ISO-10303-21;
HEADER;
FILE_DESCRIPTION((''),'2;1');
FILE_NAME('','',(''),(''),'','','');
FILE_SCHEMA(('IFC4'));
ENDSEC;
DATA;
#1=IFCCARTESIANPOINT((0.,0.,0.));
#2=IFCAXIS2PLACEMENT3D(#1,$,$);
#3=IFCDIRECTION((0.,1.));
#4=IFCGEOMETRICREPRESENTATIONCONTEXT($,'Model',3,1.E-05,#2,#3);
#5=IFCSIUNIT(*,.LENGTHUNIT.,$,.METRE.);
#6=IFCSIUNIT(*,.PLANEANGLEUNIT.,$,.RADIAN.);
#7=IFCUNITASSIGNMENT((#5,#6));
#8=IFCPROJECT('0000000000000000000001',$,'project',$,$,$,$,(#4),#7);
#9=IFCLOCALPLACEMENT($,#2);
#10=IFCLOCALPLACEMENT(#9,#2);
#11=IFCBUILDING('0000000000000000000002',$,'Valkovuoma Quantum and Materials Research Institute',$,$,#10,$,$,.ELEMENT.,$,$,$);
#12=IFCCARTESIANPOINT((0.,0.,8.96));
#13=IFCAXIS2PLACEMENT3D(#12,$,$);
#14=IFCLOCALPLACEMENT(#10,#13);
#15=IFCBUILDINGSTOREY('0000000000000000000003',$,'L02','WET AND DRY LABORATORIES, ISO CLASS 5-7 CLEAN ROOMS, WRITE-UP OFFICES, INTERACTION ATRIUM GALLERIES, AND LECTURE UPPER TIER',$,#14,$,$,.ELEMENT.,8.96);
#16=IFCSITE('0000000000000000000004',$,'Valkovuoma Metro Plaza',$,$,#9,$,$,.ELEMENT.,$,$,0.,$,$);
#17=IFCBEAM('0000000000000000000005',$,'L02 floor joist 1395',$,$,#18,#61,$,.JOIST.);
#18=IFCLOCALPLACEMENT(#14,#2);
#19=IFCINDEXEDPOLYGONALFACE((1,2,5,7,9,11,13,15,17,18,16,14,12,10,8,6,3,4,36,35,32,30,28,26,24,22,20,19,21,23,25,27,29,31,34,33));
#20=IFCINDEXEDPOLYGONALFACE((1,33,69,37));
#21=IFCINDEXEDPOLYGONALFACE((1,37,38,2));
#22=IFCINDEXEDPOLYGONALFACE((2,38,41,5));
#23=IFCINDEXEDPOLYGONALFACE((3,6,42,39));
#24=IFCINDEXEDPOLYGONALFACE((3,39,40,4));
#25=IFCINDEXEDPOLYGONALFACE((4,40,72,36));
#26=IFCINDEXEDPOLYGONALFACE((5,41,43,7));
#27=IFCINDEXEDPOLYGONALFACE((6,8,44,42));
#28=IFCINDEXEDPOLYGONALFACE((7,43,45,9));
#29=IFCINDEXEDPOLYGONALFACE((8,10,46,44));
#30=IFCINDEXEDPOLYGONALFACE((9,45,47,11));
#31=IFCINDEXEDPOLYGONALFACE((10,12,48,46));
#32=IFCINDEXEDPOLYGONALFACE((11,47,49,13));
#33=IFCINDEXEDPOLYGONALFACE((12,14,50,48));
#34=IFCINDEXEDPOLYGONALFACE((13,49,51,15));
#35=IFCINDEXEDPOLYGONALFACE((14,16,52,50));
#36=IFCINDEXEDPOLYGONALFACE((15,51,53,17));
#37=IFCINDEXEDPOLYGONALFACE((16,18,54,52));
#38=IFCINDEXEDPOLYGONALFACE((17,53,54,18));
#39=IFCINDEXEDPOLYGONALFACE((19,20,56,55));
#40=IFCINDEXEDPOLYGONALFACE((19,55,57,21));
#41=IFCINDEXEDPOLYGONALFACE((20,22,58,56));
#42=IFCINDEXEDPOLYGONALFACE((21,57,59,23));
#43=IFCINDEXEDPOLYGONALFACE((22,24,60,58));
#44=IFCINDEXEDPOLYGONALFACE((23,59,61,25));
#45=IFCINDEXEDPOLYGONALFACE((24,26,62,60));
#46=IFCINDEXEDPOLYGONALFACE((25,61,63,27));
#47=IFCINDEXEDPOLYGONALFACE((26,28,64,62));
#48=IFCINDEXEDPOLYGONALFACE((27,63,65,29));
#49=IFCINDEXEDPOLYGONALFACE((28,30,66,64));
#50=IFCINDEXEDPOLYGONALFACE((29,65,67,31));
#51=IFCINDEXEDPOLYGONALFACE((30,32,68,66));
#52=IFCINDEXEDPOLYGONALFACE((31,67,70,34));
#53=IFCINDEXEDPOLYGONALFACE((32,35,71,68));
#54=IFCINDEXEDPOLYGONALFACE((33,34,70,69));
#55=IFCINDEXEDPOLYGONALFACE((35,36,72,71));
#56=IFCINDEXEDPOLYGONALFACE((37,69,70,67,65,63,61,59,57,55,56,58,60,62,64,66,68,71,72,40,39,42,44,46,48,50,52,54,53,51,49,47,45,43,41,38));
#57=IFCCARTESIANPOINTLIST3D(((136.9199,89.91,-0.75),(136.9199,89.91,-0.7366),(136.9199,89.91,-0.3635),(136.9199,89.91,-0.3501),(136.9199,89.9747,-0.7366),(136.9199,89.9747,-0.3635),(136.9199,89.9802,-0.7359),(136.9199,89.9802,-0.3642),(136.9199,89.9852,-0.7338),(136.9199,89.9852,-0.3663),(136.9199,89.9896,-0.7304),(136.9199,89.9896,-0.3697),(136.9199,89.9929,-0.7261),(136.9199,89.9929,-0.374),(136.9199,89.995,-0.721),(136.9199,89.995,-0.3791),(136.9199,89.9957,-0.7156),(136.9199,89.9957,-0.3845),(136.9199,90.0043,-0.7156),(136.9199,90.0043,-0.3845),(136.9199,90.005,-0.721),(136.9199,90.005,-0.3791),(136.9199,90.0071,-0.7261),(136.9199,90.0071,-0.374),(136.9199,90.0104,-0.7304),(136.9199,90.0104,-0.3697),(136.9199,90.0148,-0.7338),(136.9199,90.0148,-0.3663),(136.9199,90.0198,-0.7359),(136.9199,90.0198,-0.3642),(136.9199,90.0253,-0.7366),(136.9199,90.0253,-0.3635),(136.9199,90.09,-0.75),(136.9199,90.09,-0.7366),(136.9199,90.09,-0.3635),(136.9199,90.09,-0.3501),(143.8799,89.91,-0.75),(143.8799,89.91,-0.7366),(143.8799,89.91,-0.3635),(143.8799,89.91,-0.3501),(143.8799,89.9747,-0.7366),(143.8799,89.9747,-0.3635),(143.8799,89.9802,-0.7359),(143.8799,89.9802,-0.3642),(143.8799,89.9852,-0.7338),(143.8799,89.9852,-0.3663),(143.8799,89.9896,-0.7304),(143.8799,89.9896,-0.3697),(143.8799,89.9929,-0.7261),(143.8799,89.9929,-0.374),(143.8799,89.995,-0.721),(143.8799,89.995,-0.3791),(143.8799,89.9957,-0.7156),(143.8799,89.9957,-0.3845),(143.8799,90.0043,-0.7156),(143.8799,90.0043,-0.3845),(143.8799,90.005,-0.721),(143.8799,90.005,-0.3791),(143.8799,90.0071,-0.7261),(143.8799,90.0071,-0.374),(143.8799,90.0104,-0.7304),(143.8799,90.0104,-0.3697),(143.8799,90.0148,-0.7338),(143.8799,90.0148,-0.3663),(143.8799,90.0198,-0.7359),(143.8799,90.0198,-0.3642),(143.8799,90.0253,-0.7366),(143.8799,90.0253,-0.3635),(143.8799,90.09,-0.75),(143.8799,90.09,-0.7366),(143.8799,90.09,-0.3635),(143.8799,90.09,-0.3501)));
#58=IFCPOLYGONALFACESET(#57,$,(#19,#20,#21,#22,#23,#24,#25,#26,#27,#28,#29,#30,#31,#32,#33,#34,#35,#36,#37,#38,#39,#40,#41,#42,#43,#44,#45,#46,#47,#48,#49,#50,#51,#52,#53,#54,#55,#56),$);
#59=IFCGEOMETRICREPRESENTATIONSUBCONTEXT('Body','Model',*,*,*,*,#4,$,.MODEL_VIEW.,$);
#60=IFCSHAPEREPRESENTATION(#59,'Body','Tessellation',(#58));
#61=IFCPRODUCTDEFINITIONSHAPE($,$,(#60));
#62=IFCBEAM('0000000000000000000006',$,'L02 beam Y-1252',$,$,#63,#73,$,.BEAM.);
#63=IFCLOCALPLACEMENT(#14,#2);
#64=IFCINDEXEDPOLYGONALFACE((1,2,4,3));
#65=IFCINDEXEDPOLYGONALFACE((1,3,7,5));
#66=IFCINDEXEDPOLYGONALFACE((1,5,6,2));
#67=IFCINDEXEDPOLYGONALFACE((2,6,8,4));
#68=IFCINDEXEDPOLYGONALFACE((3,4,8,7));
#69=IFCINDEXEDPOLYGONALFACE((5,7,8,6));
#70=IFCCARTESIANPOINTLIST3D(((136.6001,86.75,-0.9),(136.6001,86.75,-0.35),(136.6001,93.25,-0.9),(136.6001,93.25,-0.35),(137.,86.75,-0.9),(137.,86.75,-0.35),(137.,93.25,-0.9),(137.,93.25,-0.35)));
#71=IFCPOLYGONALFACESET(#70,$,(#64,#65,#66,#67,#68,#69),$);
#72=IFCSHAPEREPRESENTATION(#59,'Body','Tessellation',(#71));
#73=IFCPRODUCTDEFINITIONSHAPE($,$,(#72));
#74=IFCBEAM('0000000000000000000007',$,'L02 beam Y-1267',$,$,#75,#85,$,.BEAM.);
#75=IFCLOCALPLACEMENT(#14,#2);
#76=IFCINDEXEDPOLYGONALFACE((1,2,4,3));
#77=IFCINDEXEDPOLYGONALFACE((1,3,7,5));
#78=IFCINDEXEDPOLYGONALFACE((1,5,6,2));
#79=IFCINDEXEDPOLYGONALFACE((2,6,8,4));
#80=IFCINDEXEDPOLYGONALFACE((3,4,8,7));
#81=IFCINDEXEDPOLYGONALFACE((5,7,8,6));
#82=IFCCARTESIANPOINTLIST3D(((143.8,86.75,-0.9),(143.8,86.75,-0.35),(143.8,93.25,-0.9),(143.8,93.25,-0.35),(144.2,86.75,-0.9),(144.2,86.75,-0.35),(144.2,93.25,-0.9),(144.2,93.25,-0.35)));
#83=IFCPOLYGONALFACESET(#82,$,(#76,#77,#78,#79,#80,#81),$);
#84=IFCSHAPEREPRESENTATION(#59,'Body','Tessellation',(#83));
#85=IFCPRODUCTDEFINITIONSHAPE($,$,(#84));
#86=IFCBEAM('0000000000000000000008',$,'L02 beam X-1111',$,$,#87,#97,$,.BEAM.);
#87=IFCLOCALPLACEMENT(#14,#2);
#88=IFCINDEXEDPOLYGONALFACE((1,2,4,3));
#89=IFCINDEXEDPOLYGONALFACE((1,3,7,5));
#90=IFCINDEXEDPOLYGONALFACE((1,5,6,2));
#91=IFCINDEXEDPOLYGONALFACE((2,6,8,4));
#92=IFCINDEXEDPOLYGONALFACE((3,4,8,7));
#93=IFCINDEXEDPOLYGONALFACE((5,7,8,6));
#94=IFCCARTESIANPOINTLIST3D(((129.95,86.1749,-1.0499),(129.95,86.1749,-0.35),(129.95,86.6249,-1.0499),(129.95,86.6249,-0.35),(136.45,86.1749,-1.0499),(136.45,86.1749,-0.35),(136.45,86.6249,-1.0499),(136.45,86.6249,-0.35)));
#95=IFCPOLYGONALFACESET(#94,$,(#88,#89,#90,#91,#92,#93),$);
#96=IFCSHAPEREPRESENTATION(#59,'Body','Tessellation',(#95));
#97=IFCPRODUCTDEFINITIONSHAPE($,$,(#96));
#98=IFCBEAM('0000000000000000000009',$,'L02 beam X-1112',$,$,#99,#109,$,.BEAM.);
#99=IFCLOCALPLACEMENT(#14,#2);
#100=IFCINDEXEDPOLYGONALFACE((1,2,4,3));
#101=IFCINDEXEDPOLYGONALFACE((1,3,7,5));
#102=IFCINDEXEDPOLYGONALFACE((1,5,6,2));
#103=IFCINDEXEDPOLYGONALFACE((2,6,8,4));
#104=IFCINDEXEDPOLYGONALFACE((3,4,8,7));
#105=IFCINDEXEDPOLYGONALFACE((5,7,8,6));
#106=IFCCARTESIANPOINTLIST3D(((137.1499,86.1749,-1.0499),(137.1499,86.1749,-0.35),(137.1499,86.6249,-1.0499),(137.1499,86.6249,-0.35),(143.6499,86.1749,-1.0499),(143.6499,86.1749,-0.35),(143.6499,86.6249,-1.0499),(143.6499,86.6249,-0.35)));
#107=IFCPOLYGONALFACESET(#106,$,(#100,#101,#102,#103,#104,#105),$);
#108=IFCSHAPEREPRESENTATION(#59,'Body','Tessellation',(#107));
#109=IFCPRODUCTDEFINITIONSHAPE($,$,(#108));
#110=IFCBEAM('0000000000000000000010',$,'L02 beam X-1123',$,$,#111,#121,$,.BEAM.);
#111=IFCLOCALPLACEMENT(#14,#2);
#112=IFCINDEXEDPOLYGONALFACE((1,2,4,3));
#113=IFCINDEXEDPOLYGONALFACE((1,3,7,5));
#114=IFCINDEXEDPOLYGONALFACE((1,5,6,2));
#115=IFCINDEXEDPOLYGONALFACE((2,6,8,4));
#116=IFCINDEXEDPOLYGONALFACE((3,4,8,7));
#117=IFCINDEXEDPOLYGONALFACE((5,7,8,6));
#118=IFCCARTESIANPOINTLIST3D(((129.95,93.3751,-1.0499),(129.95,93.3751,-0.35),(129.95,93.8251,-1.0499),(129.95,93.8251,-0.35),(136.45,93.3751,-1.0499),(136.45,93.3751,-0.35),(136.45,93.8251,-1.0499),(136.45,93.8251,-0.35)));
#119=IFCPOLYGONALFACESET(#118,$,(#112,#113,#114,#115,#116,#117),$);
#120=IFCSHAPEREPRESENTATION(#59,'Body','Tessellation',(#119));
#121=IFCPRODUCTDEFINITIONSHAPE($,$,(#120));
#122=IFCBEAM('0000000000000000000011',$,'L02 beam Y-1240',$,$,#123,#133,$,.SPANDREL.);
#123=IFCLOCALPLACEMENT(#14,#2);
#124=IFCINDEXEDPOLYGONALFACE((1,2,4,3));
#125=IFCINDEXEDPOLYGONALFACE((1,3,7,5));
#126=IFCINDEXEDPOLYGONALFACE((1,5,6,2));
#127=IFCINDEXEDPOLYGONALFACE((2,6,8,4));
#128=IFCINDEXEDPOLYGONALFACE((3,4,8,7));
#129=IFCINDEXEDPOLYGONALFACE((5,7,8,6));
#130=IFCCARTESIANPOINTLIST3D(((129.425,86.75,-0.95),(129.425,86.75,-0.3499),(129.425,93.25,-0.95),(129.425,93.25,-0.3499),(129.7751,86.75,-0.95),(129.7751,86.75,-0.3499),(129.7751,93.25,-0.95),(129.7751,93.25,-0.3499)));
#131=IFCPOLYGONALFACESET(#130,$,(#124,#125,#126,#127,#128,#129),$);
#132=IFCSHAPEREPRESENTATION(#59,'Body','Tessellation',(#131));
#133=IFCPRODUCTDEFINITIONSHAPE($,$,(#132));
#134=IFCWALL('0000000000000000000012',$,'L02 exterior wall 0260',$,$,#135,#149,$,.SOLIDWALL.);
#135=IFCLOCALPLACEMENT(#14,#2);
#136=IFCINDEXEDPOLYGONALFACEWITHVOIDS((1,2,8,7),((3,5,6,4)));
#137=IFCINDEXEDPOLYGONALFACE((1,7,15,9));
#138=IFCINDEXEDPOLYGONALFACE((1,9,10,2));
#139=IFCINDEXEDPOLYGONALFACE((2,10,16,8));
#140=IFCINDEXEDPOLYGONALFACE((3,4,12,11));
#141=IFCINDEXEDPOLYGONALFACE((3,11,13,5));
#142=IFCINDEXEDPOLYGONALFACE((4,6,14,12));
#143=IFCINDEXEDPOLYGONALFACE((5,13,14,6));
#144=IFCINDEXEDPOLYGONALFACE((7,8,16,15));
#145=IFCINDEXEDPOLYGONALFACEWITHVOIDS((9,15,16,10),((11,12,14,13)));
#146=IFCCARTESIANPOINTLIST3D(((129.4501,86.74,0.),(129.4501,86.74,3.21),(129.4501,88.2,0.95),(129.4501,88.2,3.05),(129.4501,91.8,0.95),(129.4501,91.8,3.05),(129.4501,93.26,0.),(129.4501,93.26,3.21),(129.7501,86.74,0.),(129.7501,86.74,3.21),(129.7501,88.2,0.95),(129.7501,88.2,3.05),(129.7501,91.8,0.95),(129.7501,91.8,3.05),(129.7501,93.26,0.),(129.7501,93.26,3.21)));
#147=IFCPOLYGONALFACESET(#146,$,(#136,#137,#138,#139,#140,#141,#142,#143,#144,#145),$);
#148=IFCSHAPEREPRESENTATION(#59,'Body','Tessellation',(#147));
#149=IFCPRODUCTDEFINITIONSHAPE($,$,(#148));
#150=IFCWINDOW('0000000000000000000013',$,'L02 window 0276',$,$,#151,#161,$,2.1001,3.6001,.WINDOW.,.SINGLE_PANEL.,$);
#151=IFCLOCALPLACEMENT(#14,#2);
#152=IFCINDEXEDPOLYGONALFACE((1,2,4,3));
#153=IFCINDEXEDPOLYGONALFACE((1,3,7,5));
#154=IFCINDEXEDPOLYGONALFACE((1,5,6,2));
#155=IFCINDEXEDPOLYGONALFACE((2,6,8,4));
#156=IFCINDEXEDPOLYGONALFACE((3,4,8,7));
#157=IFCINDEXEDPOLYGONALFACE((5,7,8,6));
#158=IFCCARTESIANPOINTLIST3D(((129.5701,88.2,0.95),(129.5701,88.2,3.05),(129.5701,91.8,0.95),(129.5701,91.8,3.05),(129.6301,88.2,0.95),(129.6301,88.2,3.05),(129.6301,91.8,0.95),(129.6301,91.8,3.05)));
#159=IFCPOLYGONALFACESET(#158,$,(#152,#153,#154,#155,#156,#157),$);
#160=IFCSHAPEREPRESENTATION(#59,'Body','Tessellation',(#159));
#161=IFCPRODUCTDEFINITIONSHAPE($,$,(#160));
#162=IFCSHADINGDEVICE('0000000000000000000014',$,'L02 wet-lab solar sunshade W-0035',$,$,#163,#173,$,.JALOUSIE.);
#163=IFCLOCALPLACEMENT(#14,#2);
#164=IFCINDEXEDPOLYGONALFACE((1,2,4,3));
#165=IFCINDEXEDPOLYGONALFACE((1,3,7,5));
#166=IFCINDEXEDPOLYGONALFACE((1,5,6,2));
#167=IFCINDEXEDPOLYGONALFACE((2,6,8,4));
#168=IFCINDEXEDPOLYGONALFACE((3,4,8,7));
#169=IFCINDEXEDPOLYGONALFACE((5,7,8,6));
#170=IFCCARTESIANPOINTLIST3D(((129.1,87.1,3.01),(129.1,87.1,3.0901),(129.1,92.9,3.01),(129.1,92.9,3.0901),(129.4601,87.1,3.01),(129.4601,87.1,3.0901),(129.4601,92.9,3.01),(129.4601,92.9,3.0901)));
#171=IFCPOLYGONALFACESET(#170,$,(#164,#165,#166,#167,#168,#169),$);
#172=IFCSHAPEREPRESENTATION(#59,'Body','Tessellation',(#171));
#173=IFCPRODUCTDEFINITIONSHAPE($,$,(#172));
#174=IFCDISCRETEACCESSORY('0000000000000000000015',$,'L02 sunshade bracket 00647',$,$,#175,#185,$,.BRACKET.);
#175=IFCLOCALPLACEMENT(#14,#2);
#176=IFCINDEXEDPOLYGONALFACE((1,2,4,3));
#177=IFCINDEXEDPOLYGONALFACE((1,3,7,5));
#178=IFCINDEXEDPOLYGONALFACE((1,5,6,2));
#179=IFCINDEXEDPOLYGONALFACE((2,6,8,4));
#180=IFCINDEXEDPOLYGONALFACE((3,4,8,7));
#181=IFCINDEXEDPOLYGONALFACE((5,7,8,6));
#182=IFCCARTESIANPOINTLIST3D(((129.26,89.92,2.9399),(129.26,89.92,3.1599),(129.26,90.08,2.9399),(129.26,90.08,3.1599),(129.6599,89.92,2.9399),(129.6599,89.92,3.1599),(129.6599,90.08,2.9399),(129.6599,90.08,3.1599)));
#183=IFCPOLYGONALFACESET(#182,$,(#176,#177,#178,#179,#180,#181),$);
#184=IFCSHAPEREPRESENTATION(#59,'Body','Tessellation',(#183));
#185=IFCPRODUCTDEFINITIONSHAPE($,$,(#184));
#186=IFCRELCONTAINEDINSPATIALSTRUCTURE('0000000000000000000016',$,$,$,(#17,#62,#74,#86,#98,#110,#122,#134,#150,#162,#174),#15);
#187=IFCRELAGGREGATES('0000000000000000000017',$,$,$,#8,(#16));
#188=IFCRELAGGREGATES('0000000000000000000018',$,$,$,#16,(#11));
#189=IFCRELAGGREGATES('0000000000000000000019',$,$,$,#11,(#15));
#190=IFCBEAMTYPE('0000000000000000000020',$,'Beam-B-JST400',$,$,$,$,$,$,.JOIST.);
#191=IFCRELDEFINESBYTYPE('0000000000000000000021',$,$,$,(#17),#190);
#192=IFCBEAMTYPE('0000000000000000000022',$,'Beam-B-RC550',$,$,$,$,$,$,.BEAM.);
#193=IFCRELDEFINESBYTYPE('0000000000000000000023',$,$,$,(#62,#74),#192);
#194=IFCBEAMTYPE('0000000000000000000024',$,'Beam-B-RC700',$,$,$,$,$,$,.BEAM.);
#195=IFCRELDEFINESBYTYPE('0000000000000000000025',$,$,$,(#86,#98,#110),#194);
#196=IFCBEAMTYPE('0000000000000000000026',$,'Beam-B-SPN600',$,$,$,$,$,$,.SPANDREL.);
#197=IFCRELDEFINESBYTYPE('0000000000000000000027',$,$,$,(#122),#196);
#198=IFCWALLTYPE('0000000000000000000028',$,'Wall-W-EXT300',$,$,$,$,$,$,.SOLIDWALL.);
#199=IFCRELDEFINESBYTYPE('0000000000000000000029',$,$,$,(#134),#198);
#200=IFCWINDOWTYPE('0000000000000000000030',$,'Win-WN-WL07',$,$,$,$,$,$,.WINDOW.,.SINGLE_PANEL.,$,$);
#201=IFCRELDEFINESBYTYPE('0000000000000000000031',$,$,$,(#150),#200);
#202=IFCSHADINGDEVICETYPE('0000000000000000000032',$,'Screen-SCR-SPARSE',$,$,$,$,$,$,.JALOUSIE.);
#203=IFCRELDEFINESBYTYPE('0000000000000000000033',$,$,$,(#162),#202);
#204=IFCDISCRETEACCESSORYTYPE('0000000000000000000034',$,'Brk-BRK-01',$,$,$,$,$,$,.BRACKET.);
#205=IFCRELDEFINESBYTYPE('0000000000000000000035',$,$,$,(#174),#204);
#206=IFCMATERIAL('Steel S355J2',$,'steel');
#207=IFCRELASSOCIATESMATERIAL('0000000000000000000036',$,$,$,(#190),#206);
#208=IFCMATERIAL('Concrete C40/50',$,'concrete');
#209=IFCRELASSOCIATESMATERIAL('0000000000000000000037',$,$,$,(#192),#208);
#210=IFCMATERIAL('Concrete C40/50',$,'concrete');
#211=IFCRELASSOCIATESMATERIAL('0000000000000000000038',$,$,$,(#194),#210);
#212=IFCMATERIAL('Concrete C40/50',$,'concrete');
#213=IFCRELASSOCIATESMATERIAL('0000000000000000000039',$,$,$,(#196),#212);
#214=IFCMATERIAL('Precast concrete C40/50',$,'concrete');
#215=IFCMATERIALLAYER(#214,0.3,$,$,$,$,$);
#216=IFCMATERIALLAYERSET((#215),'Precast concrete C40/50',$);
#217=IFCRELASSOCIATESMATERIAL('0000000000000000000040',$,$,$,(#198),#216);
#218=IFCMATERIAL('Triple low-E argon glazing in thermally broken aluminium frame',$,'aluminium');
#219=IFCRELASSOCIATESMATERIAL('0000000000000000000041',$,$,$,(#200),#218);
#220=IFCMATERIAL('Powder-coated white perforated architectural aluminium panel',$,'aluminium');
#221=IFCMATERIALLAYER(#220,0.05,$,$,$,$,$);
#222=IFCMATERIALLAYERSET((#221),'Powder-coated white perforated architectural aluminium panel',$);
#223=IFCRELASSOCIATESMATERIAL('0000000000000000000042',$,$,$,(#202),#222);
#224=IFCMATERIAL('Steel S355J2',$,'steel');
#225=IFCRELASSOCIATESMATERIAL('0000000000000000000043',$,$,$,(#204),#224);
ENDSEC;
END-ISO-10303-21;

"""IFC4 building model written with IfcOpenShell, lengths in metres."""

from ifc_helpers import new_model, si_unit, direction, frame, frame_2d, origin, origin_2d, place, context, subcontext, project, spatial, rectangle, i_section, extrude, material, layer, layer_set, material_profile, profile_set, type_object, element, fill, save


model = new_model("IFC4")

# Units and contexts
model_context = context("Model", 3, precision=1e-05, world=origin(), true_north=direction((0.0, 1.0)))
body_context = subcontext(model_context, "Body", "Model", "MODEL_VIEW")
ifc_project = project(units=[si_unit("LENGTHUNIT", "METRE"), si_unit("PLANEANGLEUNIT", "RADIAN")], contexts=[model_context])

# Site, building, storey
site_placement = place(None, origin())
site = spatial("IfcSite", under=ifc_project, at=site_placement, Name="Valkovuoma Metro Plaza", CompositionType="ELEMENT", RefElevation=0.0)
building_placement = place(site_placement, origin())
building = spatial("IfcBuilding", under=site, at=building_placement, Name="Valkovuoma Quantum and Materials Research Institute", CompositionType="ELEMENT")
storey_placement = place(building_placement, frame((0.0, 0.0, 8.96)))
storey = spatial("IfcBuildingStorey", under=building, at=storey_placement, Name="L02", Description="WET AND DRY LABORATORIES, ISO CLASS 5-7 CLEAN ROOMS, WRITE-UP OFFICES, INTERACTION ATRIUM GALLERIES, AND LECTURE UPPER TIER", CompositionType="ELEMENT", Elevation=8.96)

# Beams
ifc_material_1 = material(Name="Steel S355J2", Category="steel")
ifc_material_profile_1 = material_profile(ifc_material_1, i_section(OverallWidth=0.1799, OverallDepth=0.3999, WebThickness=0.0085, FlangeThickness=0.0134, FilletRadius=0.021, at=origin_2d()), Name="Steel S355J2")
ifc_profile_set_1 = profile_set([ifc_material_profile_1], Name="Steel S355J2")
beam_type_1 = type_object("IfcBeamType", Name="Beam-B-JST400", PredefinedType="JOIST", material=ifc_profile_set_1)
for number, where, z_axis, x_axis, name in (
    (1, (136.9199, 90.0, -0.55), (1.0, 0.0, 0.0), (0.0, 1.0, 0.0), "L02 floor joist 1395"),
):
    element("IfcBeam", number, at=place(storey_placement, frame(where, z_axis=z_axis, x_axis=x_axis)), inside=storey, type_object=beam_type_1, Name=name, PredefinedType="JOIST", context=body_context, shape_type="SweptSolid", body=[
        extrude(i_section(OverallWidth=0.1799, OverallDepth=0.3999, WebThickness=0.0085, FlangeThickness=0.0134, FilletRadius=0.021, at=origin_2d()), origin(), (0.0, 0.0, 1.0), 6.96),
    ])
ifc_material_2 = material(Name="Concrete C40/50", Category="concrete")
ifc_material_profile_2 = material_profile(ifc_material_2, rectangle(XDim=0.3999, YDim=0.55, at=origin_2d()), Name="Concrete C40/50")
ifc_profile_set_2 = profile_set([ifc_material_profile_2], Name="Concrete C40/50")
beam_type_2 = type_object("IfcBeamType", Name="Beam-B-RC550", PredefinedType="BEAM", material=ifc_profile_set_2)
for number, where, z_axis, x_axis, name in (
    (2, (136.8, 86.75, -0.625), (0.0, 1.0, 0.0), (-1.0, 0.0, 0.0), "L02 beam Y-1252"),
    (3, (144.0, 86.75, -0.625), (0.0, 1.0, 0.0), (-1.0, 0.0, 0.0), "L02 beam Y-1267"),
):
    element("IfcBeam", number, at=place(storey_placement, frame(where, z_axis=z_axis, x_axis=x_axis)), inside=storey, type_object=beam_type_2, Name=name, PredefinedType="BEAM", context=body_context, shape_type="SweptSolid", body=[
        extrude(rectangle(XDim=0.3999, YDim=0.55, at=origin_2d()), origin(), (0.0, 0.0, 1.0), 6.5),
    ])
ifc_material_3 = material(Name="Concrete C40/50", Category="concrete")
ifc_material_profile_3 = material_profile(ifc_material_3, rectangle(XDim=0.45, YDim=0.7, at=origin_2d()), Name="Concrete C40/50")
ifc_profile_set_3 = profile_set([ifc_material_profile_3], Name="Concrete C40/50")
beam_type_3 = type_object("IfcBeamType", Name="Beam-B-RC700", PredefinedType="BEAM", material=ifc_profile_set_3)
for number, where, z_axis, x_axis, name in (
    (4, (129.95, 86.3999, -0.7), (1.0, 0.0, 0.0), (0.0, 1.0, 0.0), "L02 beam X-1111"),
    (5, (137.1499, 86.3999, -0.7), (1.0, 0.0, 0.0), (0.0, 1.0, 0.0), "L02 beam X-1112"),
    (6, (129.95, 93.6001, -0.7), (1.0, 0.0, 0.0), (0.0, 1.0, 0.0), "L02 beam X-1123"),
):
    element("IfcBeam", number, at=place(storey_placement, frame(where, z_axis=z_axis, x_axis=x_axis)), inside=storey, type_object=beam_type_3, Name=name, PredefinedType="BEAM", context=body_context, shape_type="SweptSolid", body=[
        extrude(rectangle(XDim=0.45, YDim=0.7, at=origin_2d()), origin(), (0.0, 0.0, 1.0), 6.5),
    ])
ifc_material_4 = material(Name="Concrete C40/50", Category="concrete")
ifc_material_profile_4 = material_profile(ifc_material_4, rectangle(XDim=0.3501, YDim=0.6001, at=origin_2d()), Name="Concrete C40/50")
ifc_profile_set_4 = profile_set([ifc_material_profile_4], Name="Concrete C40/50")
beam_type_4 = type_object("IfcBeamType", Name="Beam-B-SPN600", PredefinedType="SPANDREL", material=ifc_profile_set_4)
beam_placement = place(storey_placement, frame((129.6001, 86.75, -0.6499), z_axis=(0.0, 1.0, 0.0), x_axis=(-1.0, 0.0, 0.0)))
element("IfcBeam", 7, at=beam_placement, inside=storey, type_object=beam_type_4, Name="L02 beam Y-1240", PredefinedType="SPANDREL", context=body_context, shape_type="SweptSolid", body=[
    extrude(rectangle(XDim=0.3501, YDim=0.6001, at=origin_2d()), origin(), (0.0, 0.0, 1.0), 6.5),
])

# Wall, opening, window
ifc_material_5 = material(Name="Precast concrete C40/50", Category="concrete")
ifc_layer_1 = layer(ifc_material_5, 0.3)
ifc_layer_set_1 = layer_set([ifc_layer_1], Name="Precast concrete C40/50")
wall_type = type_object("IfcWallType", Name="Wall-W-EXT300", PredefinedType="SOLIDWALL", material=ifc_layer_set_1)
wall_placement = place(storey_placement, frame((129.6001, 86.74, 0.0), z_axis=(0.0, 0.0, 1.0), x_axis=(0.0, 1.0, 0.0)))
wall = element("IfcWall", 8, at=wall_placement, inside=storey, type_object=wall_type, Name="L02 exterior wall 0260", PredefinedType="SOLIDWALL", context=body_context, shape_type="SweptSolid", body=[
    extrude(rectangle(XDim=6.52, YDim=0.3, at=frame_2d((3.26, 0.0))), origin(), (0.0, 0.0, 1.0), 3.21),
])
opening_placement = place(wall_placement, frame((1.46, 0.0, 0.95)))
opening = element("IfcOpeningElement", 9, at=opening_placement, cuts=wall, PredefinedType="OPENING", context=body_context, shape_type="SweptSolid", body=[
    extrude(rectangle(XDim=3.6001, YDim=2.1001, at=frame_2d((1.8, 1.05))), frame((0.0, 0.1602, 0.0), z_axis=(0.0, -1.0, 0.0), x_axis=(1.0, 0.0, 0.0)), (0.0, 0.0, 1.0), 0.3201),
])
ifc_material_6 = material(Name="Triple low-E argon glazing in thermally broken aluminium frame", Category="aluminium")
window_type = type_object("IfcWindowType", Name="Win-WN-WL07", PartitioningType="SINGLE_PANEL", PredefinedType="WINDOW", material=ifc_material_6)
window_placement = place(opening_placement, origin())
window = element("IfcWindow", 10, at=window_placement, inside=storey, type_object=window_type, Name="L02 window 0276", OverallHeight=2.1001, OverallWidth=3.6001, PartitioningType="SINGLE_PANEL", PredefinedType="WINDOW", context=body_context, shape_type="SweptSolid", body=[
    extrude(rectangle(XDim=3.6001, YDim=2.1001, at=frame_2d((1.8, 1.05))), frame((0.0, 0.03, 0.0), z_axis=(0.0, -1.0, 0.0), x_axis=(1.0, 0.0, 0.0)), (0.0, 0.0, 1.0), 0.0601),
])
fill(opening, window)

# Shading device
ifc_material_7 = material(Name="Powder-coated white perforated architectural aluminium panel", Category="aluminium")
ifc_layer_2 = layer(ifc_material_7, 0.05)
ifc_layer_set_2 = layer_set([ifc_layer_2], Name="Powder-coated white perforated architectural aluminium panel")
shading_device_type = type_object("IfcShadingDeviceType", Name="Screen-SCR-SPARSE", PredefinedType="JALOUSIE", material=ifc_layer_set_2)
shading_device_placement = place(storey_placement, frame((129.28, 90.0, 3.01), z_axis=(0.0, 0.0, 1.0), x_axis=(1.0, 0.0, 0.0)))
element("IfcShadingDevice", 11, at=shading_device_placement, inside=storey, type_object=shading_device_type, Name="L02 wet-lab solar sunshade W-0035", PredefinedType="JALOUSIE", context=body_context, shape_type="SweptSolid", body=[
    extrude(rectangle(XDim=0.3601, YDim=5.8, at=origin_2d()), origin(), (0.0, 0.0, 1.0), 0.0801),
])

# Discrete accessory
ifc_material_8 = material(Name="Steel S355J2", Category="steel")
discrete_accessory_type = type_object("IfcDiscreteAccessoryType", Name="Brk-BRK-01", PredefinedType="BRACKET", material=ifc_material_8)
discrete_accessory_placement = place(storey_placement, frame((129.46, 90.0, 2.9399), z_axis=(0.0, 0.0, 1.0), x_axis=(1.0, 0.0, 0.0)))
element("IfcDiscreteAccessory", 12, at=discrete_accessory_placement, inside=storey, type_object=discrete_accessory_type, Name="L02 sunshade bracket 00647", PredefinedType="BRACKET", context=body_context, shape_type="SweptSolid", body=[
    extrude(rectangle(XDim=0.3999, YDim=0.1599, at=origin_2d()), origin(), (0.0, 0.0, 1.0), 0.22),
])

save(model, "model.ifc")
